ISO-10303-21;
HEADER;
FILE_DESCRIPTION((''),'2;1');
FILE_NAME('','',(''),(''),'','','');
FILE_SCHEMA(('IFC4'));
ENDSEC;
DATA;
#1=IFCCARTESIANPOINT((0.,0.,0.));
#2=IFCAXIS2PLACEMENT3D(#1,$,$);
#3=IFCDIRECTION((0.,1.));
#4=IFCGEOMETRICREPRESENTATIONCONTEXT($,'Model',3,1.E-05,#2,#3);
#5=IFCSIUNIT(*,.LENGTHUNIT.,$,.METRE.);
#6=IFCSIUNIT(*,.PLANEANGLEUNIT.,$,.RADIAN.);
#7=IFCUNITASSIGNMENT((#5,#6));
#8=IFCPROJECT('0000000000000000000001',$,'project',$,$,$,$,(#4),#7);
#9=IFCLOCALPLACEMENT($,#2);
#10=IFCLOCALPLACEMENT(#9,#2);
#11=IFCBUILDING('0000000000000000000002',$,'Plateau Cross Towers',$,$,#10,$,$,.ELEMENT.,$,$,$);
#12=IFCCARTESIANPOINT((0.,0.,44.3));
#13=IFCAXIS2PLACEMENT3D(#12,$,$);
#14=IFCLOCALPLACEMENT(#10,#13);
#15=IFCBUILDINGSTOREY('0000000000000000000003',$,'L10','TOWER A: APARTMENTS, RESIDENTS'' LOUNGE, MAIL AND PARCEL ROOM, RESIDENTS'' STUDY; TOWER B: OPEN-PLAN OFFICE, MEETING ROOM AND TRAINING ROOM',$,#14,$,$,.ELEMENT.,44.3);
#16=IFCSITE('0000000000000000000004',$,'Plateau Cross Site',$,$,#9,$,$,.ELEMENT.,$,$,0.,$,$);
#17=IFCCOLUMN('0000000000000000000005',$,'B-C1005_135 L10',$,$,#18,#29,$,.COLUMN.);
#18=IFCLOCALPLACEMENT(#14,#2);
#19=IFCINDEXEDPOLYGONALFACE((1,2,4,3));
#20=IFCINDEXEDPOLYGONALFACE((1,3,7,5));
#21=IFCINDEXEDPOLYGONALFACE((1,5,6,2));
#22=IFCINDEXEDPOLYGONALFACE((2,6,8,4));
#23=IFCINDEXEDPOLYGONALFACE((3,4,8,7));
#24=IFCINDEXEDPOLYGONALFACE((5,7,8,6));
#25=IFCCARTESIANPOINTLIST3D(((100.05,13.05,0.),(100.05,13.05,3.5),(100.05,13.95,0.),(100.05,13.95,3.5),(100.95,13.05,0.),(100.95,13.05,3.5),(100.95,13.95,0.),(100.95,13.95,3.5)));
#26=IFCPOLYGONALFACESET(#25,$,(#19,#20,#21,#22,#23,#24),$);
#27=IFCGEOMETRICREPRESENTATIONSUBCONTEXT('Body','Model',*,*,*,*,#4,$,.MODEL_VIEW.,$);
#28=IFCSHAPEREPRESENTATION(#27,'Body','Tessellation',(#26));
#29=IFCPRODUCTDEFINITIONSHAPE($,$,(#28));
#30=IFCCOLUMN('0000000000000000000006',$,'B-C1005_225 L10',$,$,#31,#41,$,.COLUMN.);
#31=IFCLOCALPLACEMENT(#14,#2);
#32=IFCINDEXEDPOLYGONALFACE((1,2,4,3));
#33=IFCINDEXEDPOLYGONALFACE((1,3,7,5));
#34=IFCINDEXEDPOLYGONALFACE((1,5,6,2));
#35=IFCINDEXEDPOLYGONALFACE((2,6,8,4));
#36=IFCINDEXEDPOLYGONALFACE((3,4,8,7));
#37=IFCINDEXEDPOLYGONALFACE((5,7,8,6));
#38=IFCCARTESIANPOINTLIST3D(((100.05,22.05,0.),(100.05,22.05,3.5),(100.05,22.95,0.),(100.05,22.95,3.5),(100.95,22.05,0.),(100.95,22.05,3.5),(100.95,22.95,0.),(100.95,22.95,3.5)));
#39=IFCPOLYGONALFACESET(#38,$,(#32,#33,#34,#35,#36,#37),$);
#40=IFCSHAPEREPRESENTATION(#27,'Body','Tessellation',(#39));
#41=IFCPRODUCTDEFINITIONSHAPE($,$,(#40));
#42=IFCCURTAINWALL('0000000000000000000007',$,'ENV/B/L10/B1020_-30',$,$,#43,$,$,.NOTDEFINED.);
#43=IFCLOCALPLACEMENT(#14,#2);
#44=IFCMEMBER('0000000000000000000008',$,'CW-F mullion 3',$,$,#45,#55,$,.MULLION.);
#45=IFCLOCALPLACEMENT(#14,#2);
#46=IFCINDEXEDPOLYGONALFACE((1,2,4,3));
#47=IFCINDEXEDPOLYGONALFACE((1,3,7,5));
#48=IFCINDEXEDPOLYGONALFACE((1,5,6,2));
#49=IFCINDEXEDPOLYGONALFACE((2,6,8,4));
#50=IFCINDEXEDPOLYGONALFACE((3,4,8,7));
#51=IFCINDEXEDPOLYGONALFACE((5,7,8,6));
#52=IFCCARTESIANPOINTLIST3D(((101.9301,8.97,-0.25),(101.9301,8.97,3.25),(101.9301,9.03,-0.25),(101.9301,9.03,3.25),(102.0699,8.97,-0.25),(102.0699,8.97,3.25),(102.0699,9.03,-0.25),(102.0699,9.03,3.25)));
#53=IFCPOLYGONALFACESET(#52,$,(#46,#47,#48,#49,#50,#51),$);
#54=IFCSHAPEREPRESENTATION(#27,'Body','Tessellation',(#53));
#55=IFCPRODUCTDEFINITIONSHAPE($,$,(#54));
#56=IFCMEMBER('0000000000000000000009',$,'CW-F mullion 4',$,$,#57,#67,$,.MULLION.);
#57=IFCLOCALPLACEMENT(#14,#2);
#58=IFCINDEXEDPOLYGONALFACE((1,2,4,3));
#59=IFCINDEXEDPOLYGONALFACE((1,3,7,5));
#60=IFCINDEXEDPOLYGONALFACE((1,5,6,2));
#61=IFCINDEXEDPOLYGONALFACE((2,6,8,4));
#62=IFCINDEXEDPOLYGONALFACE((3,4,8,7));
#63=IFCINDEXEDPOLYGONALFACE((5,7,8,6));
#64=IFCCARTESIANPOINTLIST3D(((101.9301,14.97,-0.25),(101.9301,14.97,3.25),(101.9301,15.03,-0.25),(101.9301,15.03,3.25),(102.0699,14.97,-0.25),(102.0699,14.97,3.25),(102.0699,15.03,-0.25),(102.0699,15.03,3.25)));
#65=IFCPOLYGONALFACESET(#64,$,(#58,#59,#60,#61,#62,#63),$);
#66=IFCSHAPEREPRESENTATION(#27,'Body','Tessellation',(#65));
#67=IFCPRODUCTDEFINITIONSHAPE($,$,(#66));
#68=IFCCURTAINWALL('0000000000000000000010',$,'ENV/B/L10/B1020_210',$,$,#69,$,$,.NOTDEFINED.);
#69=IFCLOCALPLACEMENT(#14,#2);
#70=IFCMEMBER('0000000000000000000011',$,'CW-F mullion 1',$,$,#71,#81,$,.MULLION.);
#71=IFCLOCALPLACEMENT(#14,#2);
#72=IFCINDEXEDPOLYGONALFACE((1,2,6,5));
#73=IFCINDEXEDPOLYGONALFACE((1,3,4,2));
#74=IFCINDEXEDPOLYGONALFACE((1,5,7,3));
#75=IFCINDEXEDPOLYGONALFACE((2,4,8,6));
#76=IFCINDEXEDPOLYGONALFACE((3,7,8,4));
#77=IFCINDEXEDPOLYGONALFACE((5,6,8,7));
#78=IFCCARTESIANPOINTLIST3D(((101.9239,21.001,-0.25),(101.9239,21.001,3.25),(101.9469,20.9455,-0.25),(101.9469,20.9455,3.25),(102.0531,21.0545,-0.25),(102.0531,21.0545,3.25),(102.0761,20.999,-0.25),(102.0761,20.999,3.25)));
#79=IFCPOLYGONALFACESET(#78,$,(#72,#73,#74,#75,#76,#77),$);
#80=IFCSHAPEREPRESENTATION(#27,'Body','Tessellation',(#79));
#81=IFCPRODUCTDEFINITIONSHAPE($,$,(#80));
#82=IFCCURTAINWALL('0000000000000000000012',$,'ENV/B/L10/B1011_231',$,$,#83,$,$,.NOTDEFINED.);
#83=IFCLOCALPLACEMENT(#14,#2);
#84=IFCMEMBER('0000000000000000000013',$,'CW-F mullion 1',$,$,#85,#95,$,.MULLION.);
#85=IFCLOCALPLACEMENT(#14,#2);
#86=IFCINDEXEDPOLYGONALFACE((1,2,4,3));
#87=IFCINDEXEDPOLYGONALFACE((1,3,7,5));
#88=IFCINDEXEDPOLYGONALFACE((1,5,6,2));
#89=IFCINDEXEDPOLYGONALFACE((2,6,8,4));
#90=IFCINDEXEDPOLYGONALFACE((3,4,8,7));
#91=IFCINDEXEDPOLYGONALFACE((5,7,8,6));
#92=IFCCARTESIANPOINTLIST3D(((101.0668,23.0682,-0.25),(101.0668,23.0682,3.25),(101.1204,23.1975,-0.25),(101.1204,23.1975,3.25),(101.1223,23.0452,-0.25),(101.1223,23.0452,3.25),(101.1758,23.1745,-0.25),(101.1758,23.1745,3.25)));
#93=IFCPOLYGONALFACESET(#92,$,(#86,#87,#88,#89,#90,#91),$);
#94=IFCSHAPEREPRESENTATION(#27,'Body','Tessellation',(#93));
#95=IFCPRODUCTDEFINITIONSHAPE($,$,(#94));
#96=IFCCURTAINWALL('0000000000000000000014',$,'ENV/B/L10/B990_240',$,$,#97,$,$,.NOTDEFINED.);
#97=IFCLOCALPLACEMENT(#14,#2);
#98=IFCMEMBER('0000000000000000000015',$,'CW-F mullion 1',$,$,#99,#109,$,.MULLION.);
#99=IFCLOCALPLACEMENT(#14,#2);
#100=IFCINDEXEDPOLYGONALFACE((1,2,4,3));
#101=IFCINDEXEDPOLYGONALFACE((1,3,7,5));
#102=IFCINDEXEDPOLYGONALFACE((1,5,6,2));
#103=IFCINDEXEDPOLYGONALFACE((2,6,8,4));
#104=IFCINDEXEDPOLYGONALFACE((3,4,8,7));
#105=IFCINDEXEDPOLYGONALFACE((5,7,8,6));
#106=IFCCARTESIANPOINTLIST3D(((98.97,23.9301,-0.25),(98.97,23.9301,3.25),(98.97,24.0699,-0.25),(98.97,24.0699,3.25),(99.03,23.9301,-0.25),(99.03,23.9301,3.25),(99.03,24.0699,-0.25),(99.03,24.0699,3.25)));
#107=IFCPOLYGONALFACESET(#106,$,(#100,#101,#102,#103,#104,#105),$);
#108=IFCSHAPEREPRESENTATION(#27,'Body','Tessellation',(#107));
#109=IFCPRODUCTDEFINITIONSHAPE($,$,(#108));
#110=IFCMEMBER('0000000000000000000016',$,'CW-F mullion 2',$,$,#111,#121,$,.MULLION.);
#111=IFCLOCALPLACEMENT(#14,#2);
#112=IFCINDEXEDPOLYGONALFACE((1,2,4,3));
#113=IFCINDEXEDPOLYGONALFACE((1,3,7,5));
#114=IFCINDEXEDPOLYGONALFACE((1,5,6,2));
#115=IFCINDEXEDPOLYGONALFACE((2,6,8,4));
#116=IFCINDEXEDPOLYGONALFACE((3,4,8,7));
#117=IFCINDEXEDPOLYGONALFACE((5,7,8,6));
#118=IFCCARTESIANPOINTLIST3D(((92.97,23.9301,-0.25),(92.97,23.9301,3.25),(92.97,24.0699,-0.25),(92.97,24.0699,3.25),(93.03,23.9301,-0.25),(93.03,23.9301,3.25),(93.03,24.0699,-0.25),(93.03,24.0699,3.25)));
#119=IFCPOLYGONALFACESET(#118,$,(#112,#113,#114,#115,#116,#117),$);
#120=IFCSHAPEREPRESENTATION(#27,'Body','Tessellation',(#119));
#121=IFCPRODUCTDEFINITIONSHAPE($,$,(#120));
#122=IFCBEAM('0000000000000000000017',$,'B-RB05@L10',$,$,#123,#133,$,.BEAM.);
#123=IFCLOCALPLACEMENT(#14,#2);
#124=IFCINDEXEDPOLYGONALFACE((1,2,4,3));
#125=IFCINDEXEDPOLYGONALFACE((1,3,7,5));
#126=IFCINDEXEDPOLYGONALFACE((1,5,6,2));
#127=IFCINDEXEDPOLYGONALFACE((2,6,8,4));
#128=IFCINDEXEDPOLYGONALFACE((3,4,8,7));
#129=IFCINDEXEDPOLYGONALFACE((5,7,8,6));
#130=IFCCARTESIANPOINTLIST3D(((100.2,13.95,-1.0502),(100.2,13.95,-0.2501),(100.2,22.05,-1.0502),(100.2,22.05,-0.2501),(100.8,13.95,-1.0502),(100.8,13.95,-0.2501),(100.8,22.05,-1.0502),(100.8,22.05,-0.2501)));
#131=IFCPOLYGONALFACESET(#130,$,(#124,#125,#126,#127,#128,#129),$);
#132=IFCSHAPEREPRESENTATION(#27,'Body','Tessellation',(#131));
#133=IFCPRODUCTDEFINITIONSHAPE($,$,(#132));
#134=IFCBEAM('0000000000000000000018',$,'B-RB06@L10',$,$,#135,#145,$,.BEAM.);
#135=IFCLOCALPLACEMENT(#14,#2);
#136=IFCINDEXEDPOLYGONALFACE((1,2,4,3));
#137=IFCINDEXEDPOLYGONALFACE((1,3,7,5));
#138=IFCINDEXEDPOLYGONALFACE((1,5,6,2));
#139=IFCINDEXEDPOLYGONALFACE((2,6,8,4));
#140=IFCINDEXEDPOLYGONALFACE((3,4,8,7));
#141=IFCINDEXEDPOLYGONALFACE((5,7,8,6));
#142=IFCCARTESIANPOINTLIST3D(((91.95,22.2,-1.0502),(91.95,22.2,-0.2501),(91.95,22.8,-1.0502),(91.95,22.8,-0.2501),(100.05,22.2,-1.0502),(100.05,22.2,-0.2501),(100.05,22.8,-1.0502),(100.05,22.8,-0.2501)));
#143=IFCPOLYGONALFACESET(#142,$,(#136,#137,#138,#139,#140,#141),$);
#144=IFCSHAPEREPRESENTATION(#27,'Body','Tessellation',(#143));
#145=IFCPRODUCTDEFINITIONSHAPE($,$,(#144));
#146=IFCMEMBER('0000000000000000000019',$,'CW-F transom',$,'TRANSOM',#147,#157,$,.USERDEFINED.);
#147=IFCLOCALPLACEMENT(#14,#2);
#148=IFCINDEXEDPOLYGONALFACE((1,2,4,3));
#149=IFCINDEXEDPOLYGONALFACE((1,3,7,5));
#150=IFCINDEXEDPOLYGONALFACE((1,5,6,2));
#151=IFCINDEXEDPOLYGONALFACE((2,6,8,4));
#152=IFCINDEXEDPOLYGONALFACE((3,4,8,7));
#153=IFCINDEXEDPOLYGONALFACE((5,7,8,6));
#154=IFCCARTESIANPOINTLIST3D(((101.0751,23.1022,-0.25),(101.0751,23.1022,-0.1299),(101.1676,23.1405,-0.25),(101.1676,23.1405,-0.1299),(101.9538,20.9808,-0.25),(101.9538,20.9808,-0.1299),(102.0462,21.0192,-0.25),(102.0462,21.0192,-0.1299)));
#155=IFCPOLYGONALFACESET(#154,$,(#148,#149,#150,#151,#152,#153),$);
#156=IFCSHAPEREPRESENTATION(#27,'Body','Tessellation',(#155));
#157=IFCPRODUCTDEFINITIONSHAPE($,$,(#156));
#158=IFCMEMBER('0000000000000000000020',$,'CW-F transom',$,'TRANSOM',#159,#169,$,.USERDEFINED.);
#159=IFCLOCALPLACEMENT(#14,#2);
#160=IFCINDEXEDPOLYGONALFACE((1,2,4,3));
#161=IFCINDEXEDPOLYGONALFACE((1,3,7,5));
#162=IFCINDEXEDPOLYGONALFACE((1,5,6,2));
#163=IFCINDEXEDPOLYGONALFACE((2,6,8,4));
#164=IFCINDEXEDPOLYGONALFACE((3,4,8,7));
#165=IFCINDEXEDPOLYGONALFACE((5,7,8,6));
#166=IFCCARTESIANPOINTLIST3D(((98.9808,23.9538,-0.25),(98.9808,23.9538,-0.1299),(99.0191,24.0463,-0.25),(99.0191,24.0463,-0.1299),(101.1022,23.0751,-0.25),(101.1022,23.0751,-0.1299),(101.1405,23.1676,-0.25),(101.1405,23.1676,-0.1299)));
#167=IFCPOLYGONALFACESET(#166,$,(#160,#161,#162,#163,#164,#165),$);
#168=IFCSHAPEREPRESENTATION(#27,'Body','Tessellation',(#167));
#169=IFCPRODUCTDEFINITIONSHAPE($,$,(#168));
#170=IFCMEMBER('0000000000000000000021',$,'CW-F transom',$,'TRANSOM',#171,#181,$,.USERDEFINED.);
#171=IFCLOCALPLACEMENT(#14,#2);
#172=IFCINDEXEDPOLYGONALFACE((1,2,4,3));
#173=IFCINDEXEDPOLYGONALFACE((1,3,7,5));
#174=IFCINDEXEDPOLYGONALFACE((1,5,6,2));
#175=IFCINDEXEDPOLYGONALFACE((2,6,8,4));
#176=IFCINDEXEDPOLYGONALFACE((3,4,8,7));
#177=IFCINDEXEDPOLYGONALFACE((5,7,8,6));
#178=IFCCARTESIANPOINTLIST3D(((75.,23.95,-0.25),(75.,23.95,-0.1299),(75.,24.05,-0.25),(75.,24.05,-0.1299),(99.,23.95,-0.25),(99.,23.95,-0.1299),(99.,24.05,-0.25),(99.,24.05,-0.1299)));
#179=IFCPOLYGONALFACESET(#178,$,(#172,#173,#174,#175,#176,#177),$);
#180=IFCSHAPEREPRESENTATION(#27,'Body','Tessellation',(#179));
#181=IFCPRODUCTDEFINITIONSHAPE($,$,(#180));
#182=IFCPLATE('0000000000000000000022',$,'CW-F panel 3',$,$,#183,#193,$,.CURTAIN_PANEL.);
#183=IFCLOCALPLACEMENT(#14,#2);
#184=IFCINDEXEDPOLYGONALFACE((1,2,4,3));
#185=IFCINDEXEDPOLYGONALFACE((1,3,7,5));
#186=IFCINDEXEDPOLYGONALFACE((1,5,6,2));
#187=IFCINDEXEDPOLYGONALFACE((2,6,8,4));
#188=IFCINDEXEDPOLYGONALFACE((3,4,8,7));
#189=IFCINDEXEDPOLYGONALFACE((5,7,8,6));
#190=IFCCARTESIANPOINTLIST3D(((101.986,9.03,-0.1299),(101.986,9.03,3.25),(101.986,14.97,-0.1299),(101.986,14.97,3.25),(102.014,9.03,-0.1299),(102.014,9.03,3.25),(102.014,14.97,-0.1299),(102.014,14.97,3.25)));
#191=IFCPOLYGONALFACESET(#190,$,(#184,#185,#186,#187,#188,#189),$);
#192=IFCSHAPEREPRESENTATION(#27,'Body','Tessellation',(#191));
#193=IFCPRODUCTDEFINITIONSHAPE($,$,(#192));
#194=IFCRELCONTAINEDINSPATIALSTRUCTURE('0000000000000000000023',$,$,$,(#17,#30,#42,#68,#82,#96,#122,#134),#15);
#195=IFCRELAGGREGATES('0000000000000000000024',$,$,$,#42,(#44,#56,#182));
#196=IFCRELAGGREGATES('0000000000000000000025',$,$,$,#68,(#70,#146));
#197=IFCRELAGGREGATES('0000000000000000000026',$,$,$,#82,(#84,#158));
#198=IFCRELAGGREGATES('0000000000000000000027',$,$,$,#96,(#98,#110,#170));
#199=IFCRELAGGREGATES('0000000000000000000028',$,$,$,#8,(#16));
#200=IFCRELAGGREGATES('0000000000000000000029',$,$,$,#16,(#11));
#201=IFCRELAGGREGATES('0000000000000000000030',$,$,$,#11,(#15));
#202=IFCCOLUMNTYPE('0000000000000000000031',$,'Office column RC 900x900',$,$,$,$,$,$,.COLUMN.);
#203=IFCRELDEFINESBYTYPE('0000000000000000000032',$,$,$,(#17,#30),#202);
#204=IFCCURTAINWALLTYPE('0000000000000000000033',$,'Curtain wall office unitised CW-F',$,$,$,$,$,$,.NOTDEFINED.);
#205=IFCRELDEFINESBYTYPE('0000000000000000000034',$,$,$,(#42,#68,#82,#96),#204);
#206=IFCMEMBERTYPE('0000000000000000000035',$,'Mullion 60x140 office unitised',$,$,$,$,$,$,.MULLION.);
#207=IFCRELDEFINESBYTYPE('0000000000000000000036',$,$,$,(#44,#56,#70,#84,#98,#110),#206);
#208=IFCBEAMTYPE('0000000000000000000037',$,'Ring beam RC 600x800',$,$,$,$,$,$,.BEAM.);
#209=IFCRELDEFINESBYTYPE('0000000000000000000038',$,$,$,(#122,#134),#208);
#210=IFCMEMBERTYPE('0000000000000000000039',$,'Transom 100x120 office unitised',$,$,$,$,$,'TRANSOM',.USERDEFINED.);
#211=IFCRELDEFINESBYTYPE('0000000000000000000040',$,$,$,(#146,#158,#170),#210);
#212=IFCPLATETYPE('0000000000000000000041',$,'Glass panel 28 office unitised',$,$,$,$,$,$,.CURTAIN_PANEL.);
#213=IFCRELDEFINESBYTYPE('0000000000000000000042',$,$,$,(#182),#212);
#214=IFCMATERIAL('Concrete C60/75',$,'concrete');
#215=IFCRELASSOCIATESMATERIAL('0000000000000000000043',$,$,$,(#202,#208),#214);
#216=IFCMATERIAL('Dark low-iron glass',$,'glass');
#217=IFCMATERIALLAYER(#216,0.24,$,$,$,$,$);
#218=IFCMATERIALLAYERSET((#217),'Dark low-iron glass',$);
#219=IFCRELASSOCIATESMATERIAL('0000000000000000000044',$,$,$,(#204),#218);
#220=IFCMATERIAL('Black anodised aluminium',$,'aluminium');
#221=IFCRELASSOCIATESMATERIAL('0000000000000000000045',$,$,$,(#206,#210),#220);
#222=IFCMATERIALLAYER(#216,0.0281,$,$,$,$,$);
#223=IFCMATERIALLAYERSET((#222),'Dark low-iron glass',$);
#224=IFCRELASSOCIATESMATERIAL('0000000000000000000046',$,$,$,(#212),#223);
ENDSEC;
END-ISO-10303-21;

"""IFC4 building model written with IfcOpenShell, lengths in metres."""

from ifc_helpers import new_model, si_unit, direction, frame, origin, origin_2d, place, context, subcontext, project, spatial, rectangle, extrude, material, layer, layer_set, material_profile, profile_set, type_object, element, aggregate, save


model = new_model("IFC4")

# Units and contexts
model_context = context("Model", 3, precision=1e-05, world=origin(), true_north=direction((0.0, 1.0)))
body_context = subcontext(model_context, "Body", "Model", "MODEL_VIEW")
ifc_project = project(units=[si_unit("LENGTHUNIT", "METRE"), si_unit("PLANEANGLEUNIT", "RADIAN")], contexts=[model_context])

# Site, building, storey
site_placement = place(None, origin())
site = spatial("IfcSite", under=ifc_project, at=site_placement, Name="Plateau Cross Site", CompositionType="ELEMENT", RefElevation=0.0)
building_placement = place(site_placement, origin())
building = spatial("IfcBuilding", under=site, at=building_placement, Name="Plateau Cross Towers", CompositionType="ELEMENT")
storey_placement = place(building_placement, frame((0.0, 0.0, 44.3)))
storey = spatial("IfcBuildingStorey", under=building, at=storey_placement, Name="L10", Description="TOWER A: APARTMENTS, RESIDENTS' LOUNGE, MAIL AND PARCEL ROOM, RESIDENTS' STUDY; TOWER B: OPEN-PLAN OFFICE, MEETING ROOM AND TRAINING ROOM", CompositionType="ELEMENT", Elevation=44.3)

# Columns
ifc_material_1 = material(Name="Concrete C60/75", Category="concrete")
ifc_material_profile_1 = material_profile(ifc_material_1, rectangle(XDim=0.8999, YDim=0.8999, at=origin_2d()), Name="RC 900x900")
ifc_profile_set_1 = profile_set([ifc_material_profile_1], Name="Concrete C60/75")
column_type = type_object("IfcColumnType", Name="Office column RC 900x900", PredefinedType="COLUMN", material=ifc_profile_set_1)
for number, where, z_axis, x_axis, name in (
    (1, (100.5, 13.5, 0.0), (0.0, 0.0, 1.0), (1.0, 0.0, 0.0), "B-C1005_135 L10"),
    (2, (100.5, 22.5, 0.0), (0.0, 0.0, 1.0), (1.0, 0.0, 0.0), "B-C1005_225 L10"),
):
    element("IfcColumn", number, at=place(storey_placement, frame(where, z_axis=z_axis, x_axis=x_axis)), inside=storey, type_object=column_type, Name=name, PredefinedType="COLUMN", context=body_context, shape_type="SweptSolid", body=[
        extrude(rectangle(XDim=0.8999, YDim=0.8999, at=origin_2d()), origin(), (0.0, 0.0, 1.0), 3.5),
    ])

# Curtain wall, members
ifc_material_2 = material(Name="Dark low-iron glass", Category="glass")
ifc_layer_1 = layer(ifc_material_2, 0.24)
ifc_layer_set_1 = layer_set([ifc_layer_1], Name="Dark low-iron glass")
curtain_wall_type = type_object("IfcCurtainWallType", Name="Curtain wall office unitised CW-F", PredefinedType="NOTDEFINED", material=ifc_layer_set_1)
curtain_wall_1_placement = place(storey_placement, origin())
curtain_wall_1 = element("IfcCurtainWall", 3, at=curtain_wall_1_placement, inside=storey, type_object=curtain_wall_type, Name="ENV/B/L10/B1020_-30", PredefinedType="NOTDEFINED")
ifc_material_3 = material(Name="Black anodised aluminium", Category="aluminium")
ifc_material_profile_2 = material_profile(ifc_material_3, rectangle(XDim=0.0601, YDim=0.1399, at=origin_2d()), Name="MULLION 60x140")
ifc_profile_set_2 = profile_set([ifc_material_profile_2], Name="Black anodised aluminium")
member_type_1 = type_object("IfcMemberType", Name="Mullion 60x140 office unitised", PredefinedType="MULLION", material=ifc_profile_set_2)
member_1_placement = place(storey_placement, frame((102.0, 9.0, -0.25), z_axis=(0.0, 0.0, 1.0), x_axis=(0.0, 1.0, 0.0)))
member_1 = element("IfcMember", 4, at=member_1_placement, type_object=member_type_1, Name="CW-F mullion 3", PredefinedType="MULLION", context=body_context, shape_type="SweptSolid", body=[
    extrude(rectangle(XDim=0.0601, YDim=0.1399, at=origin_2d()), origin(), (0.0, 0.0, 1.0), 3.5),
])
member_2_placement = place(storey_placement, frame((102.0, 15.0, -0.25), z_axis=(0.0, 0.0, 1.0), x_axis=(0.0, 1.0, 0.0)))
member_2 = element("IfcMember", 5, at=member_2_placement, type_object=member_type_1, Name="CW-F mullion 4", PredefinedType="MULLION", context=body_context, shape_type="SweptSolid", body=[
    extrude(rectangle(XDim=0.0601, YDim=0.1399, at=origin_2d()), origin(), (0.0, 0.0, 1.0), 3.5),
])

# Curtain walls, members
curtain_wall_2_placement = place(storey_placement, origin())
curtain_wall_2 = element("IfcCurtainWall", 6, at=curtain_wall_2_placement, inside=storey, type_object=curtain_wall_type, Name="ENV/B/L10/B1020_210", PredefinedType="NOTDEFINED")
member_3_placement = place(storey_placement, frame((102.0, 21.0, -0.25), z_axis=(0.0, 0.0, 1.0), x_axis=(-0.382684, 0.923879, 0.0)))
member_3 = element("IfcMember", 7, at=member_3_placement, type_object=member_type_1, Name="CW-F mullion 1", PredefinedType="MULLION", context=body_context, shape_type="SweptSolid", body=[
    extrude(rectangle(XDim=0.0601, YDim=0.1399, at=origin_2d()), origin(), (0.0, 0.0, 1.0), 3.5),
])
curtain_wall_3_placement = place(storey_placement, origin())
curtain_wall_3 = element("IfcCurtainWall", 8, at=curtain_wall_3_placement, inside=storey, type_object=curtain_wall_type, Name="ENV/B/L10/B1011_231", PredefinedType="NOTDEFINED")
member_4_placement = place(storey_placement, frame((101.1213, 23.1213, -0.25), z_axis=(0.0, 0.0, 1.0), x_axis=(-0.923879, 0.382684, 0.0)))
member_4 = element("IfcMember", 9, at=member_4_placement, type_object=member_type_1, Name="CW-F mullion 1", PredefinedType="MULLION", context=body_context, shape_type="SweptSolid", body=[
    extrude(rectangle(XDim=0.0601, YDim=0.1399, at=origin_2d()), origin(), (0.0, 0.0, 1.0), 3.5),
])

# Curtain wall, members
curtain_wall_4_placement = place(storey_placement, origin())
curtain_wall_4 = element("IfcCurtainWall", 10, at=curtain_wall_4_placement, inside=storey, type_object=curtain_wall_type, Name="ENV/B/L10/B990_240", PredefinedType="NOTDEFINED")
member_5_placement = place(storey_placement, frame((99.0, 24.0, -0.25), z_axis=(0.0, 0.0, 1.0), x_axis=(-1.0, 0.0, 0.0)))
member_5 = element("IfcMember", 11, at=member_5_placement, type_object=member_type_1, Name="CW-F mullion 1", PredefinedType="MULLION", context=body_context, shape_type="SweptSolid", body=[
    extrude(rectangle(XDim=0.0601, YDim=0.1399, at=origin_2d()), origin(), (0.0, 0.0, 1.0), 3.5),
])
member_6_placement = place(storey_placement, frame((93.0, 24.0, -0.25), z_axis=(0.0, 0.0, 1.0), x_axis=(-1.0, 0.0, 0.0)))
member_6 = element("IfcMember", 12, at=member_6_placement, type_object=member_type_1, Name="CW-F mullion 2", PredefinedType="MULLION", context=body_context, shape_type="SweptSolid", body=[
    extrude(rectangle(XDim=0.0601, YDim=0.1399, at=origin_2d()), origin(), (0.0, 0.0, 1.0), 3.5),
])

# Beams
ifc_material_profile_3 = material_profile(ifc_material_1, rectangle(XDim=0.6001, YDim=0.8, at=origin_2d()), Name="RC 600x800")
ifc_profile_set_3 = profile_set([ifc_material_profile_3], Name="Concrete C60/75")
beam_type = type_object("IfcBeamType", Name="Ring beam RC 600x800", PredefinedType="BEAM", material=ifc_profile_set_3)
for number, where, z_axis, x_axis, name in (
    (13, (100.5, 13.95, -0.6501), (0.0, 1.0, 0.0), (-1.0, 0.0, 0.0), "B-RB05@L10"),
    (14, (100.05, 22.5, -0.6501), (-1.0, 0.0, 0.0), (0.0, -1.0, 0.0), "B-RB06@L10"),
):
    element("IfcBeam", number, at=place(storey_placement, frame(where, z_axis=z_axis, x_axis=x_axis)), inside=storey, type_object=beam_type, Name=name, PredefinedType="BEAM", context=body_context, shape_type="SweptSolid", body=[
        extrude(rectangle(XDim=0.6001, YDim=0.8, at=origin_2d()), origin(), (0.0, 0.0, 1.0), 8.1001),
    ])

# Members
ifc_material_profile_4 = material_profile(ifc_material_3, rectangle(XDim=0.1001, YDim=0.1201, at=origin_2d()), Name="TRANSOM 100x120")
ifc_profile_set_4 = profile_set([ifc_material_profile_4], Name="Black anodised aluminium")
member_type_2 = type_object("IfcMemberType", Name="Transom 100x120 office unitised", ElementType="TRANSOM", PredefinedType="USERDEFINED", material=ifc_profile_set_4)
member_7_placement = place(storey_placement, frame((102.0, 21.0, -0.1899), z_axis=(-0.382674, 0.923883, 0.0), x_axis=(-0.923883, -0.382674, 0.0)))
member_7 = element("IfcMember", 15, at=member_7_placement, type_object=member_type_2, Name="CW-F transom", ObjectType="TRANSOM", PredefinedType="USERDEFINED", context=body_context, shape_type="SweptSolid", body=[
    extrude(rectangle(XDim=0.1001, YDim=0.1201, at=origin_2d()), origin(), (0.0, 0.0, 1.0), 2.2961),
])
member_8_placement = place(storey_placement, frame((101.1213, 23.1213, -0.1899), z_axis=(-0.923883, 0.382674, 0.0), x_axis=(-0.382674, -0.923883, 0.0)))
member_8 = element("IfcMember", 16, at=member_8_placement, type_object=member_type_2, Name="CW-F transom", ObjectType="TRANSOM", PredefinedType="USERDEFINED", context=body_context, shape_type="SweptSolid", body=[
    extrude(rectangle(XDim=0.1001, YDim=0.1201, at=origin_2d()), origin(), (0.0, 0.0, 1.0), 2.2961),
])
member_9_placement = place(storey_placement, frame((99.0, 24.0, -0.1899), z_axis=(-1.0, 0.0, 0.0), x_axis=(0.0, -1.0, 0.0)))
member_9 = element("IfcMember", 17, at=member_9_placement, type_object=member_type_2, Name="CW-F transom", ObjectType="TRANSOM", PredefinedType="USERDEFINED", context=body_context, shape_type="SweptSolid", body=[
    extrude(rectangle(XDim=0.1001, YDim=0.1201, at=origin_2d()), origin(), (0.0, 0.0, 1.0), 24.0),
])

# Plate
ifc_layer_2 = layer(ifc_material_2, 0.0281)
ifc_layer_set_2 = layer_set([ifc_layer_2], Name="Dark low-iron glass")
plate_type = type_object("IfcPlateType", Name="Glass panel 28 office unitised", PredefinedType="CURTAIN_PANEL", material=ifc_layer_set_2)
plate_1_placement = place(storey_placement, frame((102.0, 12.0, -0.1299), z_axis=(0.0, 0.0, 1.0), x_axis=(0.0, 1.0, 0.0)))
plate_1 = element("IfcPlate", 18, at=plate_1_placement, type_object=plate_type, Name="CW-F panel 3", PredefinedType="CURTAIN_PANEL", context=body_context, shape_type="SweptSolid", body=[
    extrude(rectangle(XDim=5.9399, YDim=0.0281, at=origin_2d()), origin(), (0.0, 0.0, 1.0), 3.3799),
])
aggregate(curtain_wall_1, [member_1, member_2, plate_1])
aggregate(curtain_wall_2, [member_3, member_7])
aggregate(curtain_wall_3, [member_4, member_8])
aggregate(curtain_wall_4, [member_5, member_6, member_9])

save(model, "model.ifc")
